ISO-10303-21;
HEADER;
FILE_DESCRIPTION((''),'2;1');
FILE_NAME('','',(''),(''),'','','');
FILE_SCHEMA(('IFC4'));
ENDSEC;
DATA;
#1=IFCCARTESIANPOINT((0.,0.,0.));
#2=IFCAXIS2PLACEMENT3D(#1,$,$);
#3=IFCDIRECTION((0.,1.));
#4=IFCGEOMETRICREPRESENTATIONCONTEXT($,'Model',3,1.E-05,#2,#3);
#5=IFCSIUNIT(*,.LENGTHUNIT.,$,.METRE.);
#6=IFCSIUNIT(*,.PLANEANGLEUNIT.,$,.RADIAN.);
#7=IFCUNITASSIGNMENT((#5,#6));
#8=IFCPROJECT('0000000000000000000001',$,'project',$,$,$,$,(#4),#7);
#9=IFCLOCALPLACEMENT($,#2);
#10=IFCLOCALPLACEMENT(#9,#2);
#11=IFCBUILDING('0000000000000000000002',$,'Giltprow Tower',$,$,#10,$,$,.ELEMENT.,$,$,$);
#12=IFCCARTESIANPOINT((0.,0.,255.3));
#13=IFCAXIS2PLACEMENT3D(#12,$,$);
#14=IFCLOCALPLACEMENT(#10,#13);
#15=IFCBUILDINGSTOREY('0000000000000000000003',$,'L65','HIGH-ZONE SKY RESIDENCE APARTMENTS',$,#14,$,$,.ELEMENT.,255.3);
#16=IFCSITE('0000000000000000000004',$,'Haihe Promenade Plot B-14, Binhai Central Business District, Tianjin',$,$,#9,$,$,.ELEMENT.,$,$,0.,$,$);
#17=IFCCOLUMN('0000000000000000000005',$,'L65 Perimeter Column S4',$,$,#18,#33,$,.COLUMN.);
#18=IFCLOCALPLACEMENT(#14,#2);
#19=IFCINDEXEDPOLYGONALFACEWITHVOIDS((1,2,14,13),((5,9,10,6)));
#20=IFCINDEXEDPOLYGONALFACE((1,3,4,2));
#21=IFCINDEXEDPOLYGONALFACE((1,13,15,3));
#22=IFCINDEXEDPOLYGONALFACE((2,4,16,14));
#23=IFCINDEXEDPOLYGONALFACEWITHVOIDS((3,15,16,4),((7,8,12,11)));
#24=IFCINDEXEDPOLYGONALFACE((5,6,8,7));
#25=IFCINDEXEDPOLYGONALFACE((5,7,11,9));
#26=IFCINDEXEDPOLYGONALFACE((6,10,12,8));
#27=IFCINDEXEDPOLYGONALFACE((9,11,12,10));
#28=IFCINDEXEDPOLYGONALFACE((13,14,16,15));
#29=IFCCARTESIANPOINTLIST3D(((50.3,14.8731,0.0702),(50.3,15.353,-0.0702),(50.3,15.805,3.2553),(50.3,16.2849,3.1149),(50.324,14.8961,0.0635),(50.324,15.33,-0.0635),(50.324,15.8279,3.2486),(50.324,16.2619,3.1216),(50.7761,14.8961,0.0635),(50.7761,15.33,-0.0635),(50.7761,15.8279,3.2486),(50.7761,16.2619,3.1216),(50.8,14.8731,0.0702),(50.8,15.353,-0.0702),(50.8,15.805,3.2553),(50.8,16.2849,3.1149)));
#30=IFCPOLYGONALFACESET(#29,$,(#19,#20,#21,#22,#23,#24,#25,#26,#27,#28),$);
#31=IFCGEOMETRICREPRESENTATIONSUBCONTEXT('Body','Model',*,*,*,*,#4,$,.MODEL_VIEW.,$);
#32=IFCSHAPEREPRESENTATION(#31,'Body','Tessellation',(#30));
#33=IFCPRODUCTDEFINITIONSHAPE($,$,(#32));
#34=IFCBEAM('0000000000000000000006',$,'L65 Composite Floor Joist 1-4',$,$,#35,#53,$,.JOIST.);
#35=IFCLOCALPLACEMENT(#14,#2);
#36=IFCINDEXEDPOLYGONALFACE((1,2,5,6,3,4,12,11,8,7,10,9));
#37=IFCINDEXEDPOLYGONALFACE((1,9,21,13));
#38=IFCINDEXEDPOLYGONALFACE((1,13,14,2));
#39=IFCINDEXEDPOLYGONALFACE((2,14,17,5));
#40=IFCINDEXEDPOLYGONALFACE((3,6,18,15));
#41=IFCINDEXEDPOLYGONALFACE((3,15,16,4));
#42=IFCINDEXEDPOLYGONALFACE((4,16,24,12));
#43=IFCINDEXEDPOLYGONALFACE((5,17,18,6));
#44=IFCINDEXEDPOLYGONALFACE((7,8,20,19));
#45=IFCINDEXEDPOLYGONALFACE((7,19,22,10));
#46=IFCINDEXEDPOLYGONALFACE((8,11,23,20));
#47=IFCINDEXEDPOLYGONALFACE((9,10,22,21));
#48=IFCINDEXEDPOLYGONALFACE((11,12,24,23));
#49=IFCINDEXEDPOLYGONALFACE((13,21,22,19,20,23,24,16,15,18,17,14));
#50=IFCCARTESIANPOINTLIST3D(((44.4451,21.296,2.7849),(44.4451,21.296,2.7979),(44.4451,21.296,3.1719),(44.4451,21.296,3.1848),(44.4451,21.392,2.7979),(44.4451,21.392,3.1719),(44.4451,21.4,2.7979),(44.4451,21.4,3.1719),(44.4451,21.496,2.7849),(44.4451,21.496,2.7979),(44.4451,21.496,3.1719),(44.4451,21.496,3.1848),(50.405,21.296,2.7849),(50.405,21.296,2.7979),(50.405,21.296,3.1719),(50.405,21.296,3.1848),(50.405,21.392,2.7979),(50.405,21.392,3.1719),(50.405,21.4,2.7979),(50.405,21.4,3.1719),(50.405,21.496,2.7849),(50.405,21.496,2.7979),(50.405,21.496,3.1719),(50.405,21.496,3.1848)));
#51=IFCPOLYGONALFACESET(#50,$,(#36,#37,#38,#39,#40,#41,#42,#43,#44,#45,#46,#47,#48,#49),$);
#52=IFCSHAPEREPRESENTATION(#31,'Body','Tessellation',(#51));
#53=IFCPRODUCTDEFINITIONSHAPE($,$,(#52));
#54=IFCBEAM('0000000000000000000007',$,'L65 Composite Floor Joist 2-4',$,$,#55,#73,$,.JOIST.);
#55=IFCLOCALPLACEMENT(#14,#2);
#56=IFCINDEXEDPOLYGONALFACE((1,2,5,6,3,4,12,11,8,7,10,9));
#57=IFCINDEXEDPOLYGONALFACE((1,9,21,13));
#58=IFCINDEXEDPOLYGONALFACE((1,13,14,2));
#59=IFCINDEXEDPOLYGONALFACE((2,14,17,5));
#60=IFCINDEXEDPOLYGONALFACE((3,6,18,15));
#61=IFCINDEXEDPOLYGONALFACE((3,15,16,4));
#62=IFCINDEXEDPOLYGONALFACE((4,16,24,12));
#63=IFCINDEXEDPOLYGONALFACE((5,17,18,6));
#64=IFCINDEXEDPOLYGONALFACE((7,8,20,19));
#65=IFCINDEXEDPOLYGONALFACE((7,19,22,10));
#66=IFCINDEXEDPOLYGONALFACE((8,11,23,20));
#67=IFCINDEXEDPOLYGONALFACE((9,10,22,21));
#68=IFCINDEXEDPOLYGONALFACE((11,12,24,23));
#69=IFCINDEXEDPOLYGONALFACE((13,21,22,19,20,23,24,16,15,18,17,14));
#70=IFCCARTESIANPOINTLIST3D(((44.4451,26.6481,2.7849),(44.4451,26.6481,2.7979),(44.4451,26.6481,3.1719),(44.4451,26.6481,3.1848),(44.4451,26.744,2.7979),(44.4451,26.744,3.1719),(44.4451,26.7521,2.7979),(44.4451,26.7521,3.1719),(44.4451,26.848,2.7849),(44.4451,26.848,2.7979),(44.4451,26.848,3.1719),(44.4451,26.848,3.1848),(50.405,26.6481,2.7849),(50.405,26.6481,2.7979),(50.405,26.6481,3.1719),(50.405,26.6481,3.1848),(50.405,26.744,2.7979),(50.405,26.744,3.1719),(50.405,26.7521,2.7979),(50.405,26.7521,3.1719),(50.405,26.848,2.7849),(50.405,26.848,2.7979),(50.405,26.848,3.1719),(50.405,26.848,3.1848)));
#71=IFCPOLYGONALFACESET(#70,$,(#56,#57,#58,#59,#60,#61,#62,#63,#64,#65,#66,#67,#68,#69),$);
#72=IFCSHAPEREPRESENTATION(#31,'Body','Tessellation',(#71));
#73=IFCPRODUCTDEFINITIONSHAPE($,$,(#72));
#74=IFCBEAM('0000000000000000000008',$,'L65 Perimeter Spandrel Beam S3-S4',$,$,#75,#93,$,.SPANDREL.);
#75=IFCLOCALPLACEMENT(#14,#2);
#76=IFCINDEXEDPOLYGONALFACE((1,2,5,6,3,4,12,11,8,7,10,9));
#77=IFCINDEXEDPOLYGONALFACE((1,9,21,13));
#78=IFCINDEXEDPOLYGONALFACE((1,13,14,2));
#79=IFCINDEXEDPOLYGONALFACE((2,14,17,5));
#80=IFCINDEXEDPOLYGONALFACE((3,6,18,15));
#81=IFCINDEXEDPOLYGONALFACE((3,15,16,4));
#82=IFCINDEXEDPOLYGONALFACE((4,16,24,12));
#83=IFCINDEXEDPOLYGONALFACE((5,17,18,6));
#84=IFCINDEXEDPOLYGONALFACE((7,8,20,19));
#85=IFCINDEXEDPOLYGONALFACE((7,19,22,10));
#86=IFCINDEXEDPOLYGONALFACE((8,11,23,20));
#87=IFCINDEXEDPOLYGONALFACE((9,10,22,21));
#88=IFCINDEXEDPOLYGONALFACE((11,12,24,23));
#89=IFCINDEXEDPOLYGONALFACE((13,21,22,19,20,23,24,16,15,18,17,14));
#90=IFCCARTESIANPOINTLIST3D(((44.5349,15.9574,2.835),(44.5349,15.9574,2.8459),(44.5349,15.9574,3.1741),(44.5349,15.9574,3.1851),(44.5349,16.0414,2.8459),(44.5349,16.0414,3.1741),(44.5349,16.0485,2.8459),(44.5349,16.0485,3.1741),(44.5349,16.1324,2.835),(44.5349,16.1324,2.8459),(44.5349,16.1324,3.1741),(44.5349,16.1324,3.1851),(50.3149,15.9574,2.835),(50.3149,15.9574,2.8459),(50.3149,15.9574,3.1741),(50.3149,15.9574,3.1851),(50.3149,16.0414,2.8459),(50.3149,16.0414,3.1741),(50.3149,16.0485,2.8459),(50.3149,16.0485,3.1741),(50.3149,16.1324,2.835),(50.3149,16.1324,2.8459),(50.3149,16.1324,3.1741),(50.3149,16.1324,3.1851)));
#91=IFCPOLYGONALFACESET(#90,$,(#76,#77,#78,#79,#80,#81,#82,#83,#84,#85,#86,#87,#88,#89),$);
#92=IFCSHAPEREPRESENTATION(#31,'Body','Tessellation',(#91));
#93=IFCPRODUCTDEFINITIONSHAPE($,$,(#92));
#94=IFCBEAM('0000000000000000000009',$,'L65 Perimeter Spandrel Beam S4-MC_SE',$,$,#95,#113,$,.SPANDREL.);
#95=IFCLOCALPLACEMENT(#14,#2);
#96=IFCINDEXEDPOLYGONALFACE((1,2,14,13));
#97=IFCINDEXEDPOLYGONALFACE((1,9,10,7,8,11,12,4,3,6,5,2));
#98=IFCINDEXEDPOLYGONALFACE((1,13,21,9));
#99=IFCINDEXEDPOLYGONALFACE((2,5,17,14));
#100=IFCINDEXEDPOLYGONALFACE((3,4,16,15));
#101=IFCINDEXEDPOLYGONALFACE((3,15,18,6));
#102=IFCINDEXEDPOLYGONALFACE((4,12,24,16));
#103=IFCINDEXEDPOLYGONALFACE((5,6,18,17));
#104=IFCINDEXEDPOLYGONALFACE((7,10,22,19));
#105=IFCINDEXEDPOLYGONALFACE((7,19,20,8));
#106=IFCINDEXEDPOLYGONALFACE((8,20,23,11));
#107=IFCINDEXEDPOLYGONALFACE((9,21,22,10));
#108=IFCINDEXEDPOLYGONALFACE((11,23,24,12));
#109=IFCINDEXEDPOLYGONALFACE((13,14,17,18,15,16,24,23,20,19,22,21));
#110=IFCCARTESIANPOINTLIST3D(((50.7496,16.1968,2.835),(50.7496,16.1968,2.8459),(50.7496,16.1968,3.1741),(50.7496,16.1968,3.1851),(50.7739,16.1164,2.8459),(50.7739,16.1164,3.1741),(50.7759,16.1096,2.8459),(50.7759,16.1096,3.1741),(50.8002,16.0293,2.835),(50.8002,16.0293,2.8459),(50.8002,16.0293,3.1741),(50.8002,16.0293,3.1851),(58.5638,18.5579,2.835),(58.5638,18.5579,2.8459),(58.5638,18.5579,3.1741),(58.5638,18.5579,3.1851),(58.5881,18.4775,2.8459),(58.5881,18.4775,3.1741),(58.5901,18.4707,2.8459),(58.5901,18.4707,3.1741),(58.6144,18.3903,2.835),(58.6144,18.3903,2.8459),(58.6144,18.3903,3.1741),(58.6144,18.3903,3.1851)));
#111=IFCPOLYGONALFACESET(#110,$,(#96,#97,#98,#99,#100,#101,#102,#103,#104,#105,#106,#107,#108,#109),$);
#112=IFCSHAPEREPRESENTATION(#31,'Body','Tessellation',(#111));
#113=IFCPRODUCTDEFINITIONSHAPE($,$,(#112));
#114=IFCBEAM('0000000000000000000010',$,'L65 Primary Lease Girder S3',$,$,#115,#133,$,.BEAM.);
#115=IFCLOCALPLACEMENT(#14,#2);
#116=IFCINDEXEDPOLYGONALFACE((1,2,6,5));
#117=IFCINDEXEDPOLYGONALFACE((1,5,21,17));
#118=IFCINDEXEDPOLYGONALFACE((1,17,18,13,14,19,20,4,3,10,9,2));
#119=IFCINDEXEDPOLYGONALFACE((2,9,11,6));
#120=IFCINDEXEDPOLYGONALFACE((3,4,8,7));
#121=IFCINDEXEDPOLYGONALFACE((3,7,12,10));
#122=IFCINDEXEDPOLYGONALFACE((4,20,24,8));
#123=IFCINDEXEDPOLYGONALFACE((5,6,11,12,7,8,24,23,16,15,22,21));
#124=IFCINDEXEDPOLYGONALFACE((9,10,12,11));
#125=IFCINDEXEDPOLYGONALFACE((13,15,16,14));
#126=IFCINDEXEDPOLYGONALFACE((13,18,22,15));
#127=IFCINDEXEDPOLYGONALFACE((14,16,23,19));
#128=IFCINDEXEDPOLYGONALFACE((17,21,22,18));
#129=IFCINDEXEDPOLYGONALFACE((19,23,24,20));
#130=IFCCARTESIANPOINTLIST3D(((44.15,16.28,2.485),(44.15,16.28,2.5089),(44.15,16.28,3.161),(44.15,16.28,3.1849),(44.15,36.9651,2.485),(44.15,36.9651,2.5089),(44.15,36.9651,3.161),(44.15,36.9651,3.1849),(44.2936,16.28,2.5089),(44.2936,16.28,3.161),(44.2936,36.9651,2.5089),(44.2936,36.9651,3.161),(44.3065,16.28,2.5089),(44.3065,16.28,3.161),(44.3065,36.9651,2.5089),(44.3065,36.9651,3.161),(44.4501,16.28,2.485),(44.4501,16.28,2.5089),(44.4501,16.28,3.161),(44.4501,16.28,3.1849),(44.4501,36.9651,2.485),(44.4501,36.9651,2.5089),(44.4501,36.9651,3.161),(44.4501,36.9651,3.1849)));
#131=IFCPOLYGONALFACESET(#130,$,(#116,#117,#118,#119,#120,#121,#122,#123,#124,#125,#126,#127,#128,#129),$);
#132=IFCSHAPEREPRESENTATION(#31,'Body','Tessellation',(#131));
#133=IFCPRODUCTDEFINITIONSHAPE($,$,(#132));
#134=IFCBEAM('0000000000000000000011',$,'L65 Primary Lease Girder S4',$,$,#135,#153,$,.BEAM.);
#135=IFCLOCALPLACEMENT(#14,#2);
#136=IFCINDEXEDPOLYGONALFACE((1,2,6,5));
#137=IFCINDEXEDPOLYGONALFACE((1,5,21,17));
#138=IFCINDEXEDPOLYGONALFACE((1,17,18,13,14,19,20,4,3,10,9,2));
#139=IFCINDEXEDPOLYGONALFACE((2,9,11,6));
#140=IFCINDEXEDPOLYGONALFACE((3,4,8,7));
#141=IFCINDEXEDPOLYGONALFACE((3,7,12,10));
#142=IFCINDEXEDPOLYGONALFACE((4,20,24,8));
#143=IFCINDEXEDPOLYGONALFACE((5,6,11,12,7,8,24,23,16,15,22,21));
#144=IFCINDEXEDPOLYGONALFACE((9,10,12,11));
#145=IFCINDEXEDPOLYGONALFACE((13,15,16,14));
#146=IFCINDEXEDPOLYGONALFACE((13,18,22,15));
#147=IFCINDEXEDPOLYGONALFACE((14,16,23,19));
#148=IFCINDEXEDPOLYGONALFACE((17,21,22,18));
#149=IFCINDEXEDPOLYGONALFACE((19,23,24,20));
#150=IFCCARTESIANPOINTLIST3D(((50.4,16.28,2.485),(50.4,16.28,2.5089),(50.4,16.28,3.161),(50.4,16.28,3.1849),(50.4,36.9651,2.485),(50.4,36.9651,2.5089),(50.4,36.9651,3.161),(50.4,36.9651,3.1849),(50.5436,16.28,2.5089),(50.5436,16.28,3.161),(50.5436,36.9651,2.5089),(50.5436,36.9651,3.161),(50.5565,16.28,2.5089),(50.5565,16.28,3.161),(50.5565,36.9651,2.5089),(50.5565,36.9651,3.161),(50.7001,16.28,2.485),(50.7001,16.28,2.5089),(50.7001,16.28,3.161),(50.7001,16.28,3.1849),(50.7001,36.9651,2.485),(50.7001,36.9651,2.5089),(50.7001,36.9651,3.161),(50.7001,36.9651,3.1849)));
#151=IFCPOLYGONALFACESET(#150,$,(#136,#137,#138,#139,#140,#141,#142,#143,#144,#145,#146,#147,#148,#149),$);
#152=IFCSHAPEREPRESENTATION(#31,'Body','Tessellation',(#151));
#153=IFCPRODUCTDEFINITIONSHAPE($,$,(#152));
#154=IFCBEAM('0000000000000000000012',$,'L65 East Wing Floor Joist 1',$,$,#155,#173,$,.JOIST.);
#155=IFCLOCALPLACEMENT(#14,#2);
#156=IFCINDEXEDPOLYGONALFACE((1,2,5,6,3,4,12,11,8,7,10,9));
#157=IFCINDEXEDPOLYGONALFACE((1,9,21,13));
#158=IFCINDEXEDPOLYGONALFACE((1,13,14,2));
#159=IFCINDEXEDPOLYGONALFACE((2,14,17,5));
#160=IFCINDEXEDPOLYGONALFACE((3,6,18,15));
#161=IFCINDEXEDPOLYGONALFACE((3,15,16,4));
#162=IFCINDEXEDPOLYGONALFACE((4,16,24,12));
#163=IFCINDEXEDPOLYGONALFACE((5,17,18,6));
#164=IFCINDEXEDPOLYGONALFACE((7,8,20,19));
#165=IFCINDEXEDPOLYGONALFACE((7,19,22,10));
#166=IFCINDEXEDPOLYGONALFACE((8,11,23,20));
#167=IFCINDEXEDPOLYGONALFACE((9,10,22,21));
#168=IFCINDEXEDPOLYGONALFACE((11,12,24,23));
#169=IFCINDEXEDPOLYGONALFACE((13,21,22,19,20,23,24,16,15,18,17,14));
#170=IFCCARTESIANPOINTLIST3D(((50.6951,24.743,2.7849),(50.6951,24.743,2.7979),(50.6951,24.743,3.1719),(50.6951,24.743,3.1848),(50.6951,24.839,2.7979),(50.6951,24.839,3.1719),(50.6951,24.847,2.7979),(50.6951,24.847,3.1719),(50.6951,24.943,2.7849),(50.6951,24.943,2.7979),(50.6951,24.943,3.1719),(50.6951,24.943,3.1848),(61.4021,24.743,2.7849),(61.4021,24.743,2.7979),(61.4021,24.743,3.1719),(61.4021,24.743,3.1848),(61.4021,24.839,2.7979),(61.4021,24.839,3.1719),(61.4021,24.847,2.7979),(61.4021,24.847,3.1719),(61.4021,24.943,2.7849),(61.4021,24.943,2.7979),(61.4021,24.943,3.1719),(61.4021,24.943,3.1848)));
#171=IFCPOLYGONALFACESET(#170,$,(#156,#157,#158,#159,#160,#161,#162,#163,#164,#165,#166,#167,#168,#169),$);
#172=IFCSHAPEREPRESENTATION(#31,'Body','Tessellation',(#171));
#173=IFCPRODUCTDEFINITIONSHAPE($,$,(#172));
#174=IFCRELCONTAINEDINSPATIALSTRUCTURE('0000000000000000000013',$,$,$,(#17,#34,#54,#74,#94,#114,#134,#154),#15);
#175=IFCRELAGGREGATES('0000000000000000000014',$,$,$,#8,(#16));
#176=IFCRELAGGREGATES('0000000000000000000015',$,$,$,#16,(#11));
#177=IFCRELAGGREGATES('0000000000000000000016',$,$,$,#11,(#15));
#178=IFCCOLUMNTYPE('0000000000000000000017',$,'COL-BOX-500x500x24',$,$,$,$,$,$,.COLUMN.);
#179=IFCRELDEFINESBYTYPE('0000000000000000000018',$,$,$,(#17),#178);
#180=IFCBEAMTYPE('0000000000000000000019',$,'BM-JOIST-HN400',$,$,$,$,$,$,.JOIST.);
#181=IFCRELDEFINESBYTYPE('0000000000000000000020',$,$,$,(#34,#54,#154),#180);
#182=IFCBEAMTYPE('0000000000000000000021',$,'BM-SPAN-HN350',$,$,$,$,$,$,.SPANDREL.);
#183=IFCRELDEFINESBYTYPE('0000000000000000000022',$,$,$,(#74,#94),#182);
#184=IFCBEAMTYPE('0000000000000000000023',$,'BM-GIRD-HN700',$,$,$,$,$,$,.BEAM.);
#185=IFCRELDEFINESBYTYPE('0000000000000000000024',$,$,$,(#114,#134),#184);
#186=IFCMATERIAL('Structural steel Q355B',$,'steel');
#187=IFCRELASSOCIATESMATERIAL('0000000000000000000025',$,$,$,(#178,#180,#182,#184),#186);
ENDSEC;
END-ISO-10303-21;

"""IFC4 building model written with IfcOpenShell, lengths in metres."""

from ifc_helpers import new_model, si_unit, direction, frame, origin, origin_2d, place, context, subcontext, project, spatial, hollow_rectangle, i_section, extrude, source, transform, mapped, material, material_profile, profile_set, type_object, element, save


model = new_model("IFC4")

# Units and contexts
model_context = context("Model", 3, precision=1e-05, world=origin(), true_north=direction((0.0, 1.0)))
body_context = subcontext(model_context, "Body", "Model", "MODEL_VIEW")
ifc_project = project(units=[si_unit("LENGTHUNIT", "METRE"), si_unit("PLANEANGLEUNIT", "RADIAN")], contexts=[model_context])

# Site, building, storey
site_placement = place(None, origin())
site = spatial("IfcSite", under=ifc_project, at=site_placement, Name="Haihe Promenade Plot B-14, Binhai Central Business District, Tianjin", CompositionType="ELEMENT", RefElevation=0.0)
building_placement = place(site_placement, origin())
building = spatial("IfcBuilding", under=site, at=building_placement, Name="Giltprow Tower", CompositionType="ELEMENT")
storey_placement = place(building_placement, frame((0.0, 0.0, 255.3)))
storey = spatial("IfcBuildingStorey", under=building, at=storey_placement, Name="L65", Description="HIGH-ZONE SKY RESIDENCE APARTMENTS", CompositionType="ELEMENT", Elevation=255.3)

# Column
ifc_material_1 = material(Name="Structural steel Q355B", Category="steel")
ifc_material_profile_1 = material_profile(ifc_material_1, hollow_rectangle(XDim=0.5, YDim=0.5, WallThickness=0.0239, at=origin_2d()), Name="BOX 500x500x24")
ifc_profile_set_1 = profile_set([ifc_material_profile_1], Name="Structural steel Q355B")
column_type = type_object("IfcColumnType", Name="COL-BOX-500x500x24", PredefinedType="COLUMN", material=ifc_profile_set_1)
shared_shape_1 = source(origin(), body_context, "Body", "SweptSolid", [
    extrude(hollow_rectangle(XDim=0.5, YDim=0.5, WallThickness=0.0239, at=origin_2d()), origin(), (0.0, 0.0, 1.0), 3.3186),
])
column_placement = place(storey_placement, frame((50.55, 15.113, 0.0), z_axis=(0.0, 0.280808, 0.959764), x_axis=(-1.0, 0.0, 0.0)))
element("IfcColumn", 1, at=column_placement, inside=storey, type_object=column_type, Name="L65 Perimeter Column S4", PredefinedType="COLUMN", context=body_context, shape_type="MappedRepresentation", body=[
    mapped(shared_shape_1, transform((0.0, 0.0, 0.0), x_axis=(1.0, 0.0, 0.0), y_axis=(0.0, 1.0, 0.0), z_axis=(0.0, 0.0, 1.0), scale=1.0)),
])

# Beams
ifc_material_profile_2 = material_profile(ifc_material_1, i_section(OverallWidth=0.2, OverallDepth=0.3999, WebThickness=0.0081, FlangeThickness=0.0129, at=origin_2d()), Name="HN 400x200x8x13")
ifc_profile_set_2 = profile_set([ifc_material_profile_2], Name="Structural steel Q355B")
beam_type_1 = type_object("IfcBeamType", Name="BM-JOIST-HN400", PredefinedType="JOIST", material=ifc_profile_set_2)
shared_shape_2 = source(origin(), body_context, "Body", "SweptSolid", [
    extrude(i_section(OverallWidth=0.2, OverallDepth=0.3999, WebThickness=0.0081, FlangeThickness=0.0129, at=origin_2d()), origin(), (0.0, 0.0, 1.0), 5.96),
])
for number, where, z_axis, x_axis, name in (
    (2, (44.4451, 21.396, 2.9849), (1.0, 0.0, 0.0), (0.0, 1.0, 0.0), "L65 Composite Floor Joist 1-4"),
    (3, (44.4451, 26.748, 2.9849), (1.0, 0.0, 0.0), (0.0, 1.0, 0.0), "L65 Composite Floor Joist 2-4"),
):
    element("IfcBeam", number, at=place(storey_placement, frame(where, z_axis=z_axis, x_axis=x_axis)), inside=storey, type_object=beam_type_1, Name=name, PredefinedType="JOIST", context=body_context, shape_type="MappedRepresentation", body=[
        mapped(shared_shape_2, transform((0.0, 0.0, 0.0), x_axis=(1.0, 0.0, 0.0), y_axis=(0.0, 1.0, 0.0), z_axis=(0.0, 0.0, 1.0), scale=1.0)),
    ])
ifc_material_profile_3 = material_profile(ifc_material_1, i_section(OverallWidth=0.175, OverallDepth=0.3501, WebThickness=0.0071, FlangeThickness=0.011, at=origin_2d()), Name="HN 350x175x7x11")
ifc_profile_set_3 = profile_set([ifc_material_profile_3], Name="Structural steel Q355B")
beam_type_2 = type_object("IfcBeamType", Name="BM-SPAN-HN350", PredefinedType="SPANDREL", material=ifc_profile_set_3)
shared_shape_3 = source(origin(), body_context, "Body", "SweptSolid", [
    extrude(i_section(OverallWidth=0.175, OverallDepth=0.3501, WebThickness=0.0071, FlangeThickness=0.011, at=origin_2d()), origin(), (0.0, 0.0, 1.0), 5.78),
])
beam_1_placement = place(storey_placement, frame((44.5349, 16.0449, 3.01), z_axis=(1.0, 0.0, 0.0), x_axis=(0.0, 1.0, 0.0)))
element("IfcBeam", 4, at=beam_1_placement, inside=storey, type_object=beam_type_2, Name="L65 Perimeter Spandrel Beam S3-S4", PredefinedType="SPANDREL", context=body_context, shape_type="MappedRepresentation", body=[
    mapped(shared_shape_3, transform((0.0, 0.0, 0.0), x_axis=(1.0, 0.0, 0.0), y_axis=(0.0, 1.0, 0.0), z_axis=(0.0, 0.0, 1.0), scale=1.0)),
])
shared_shape_4 = source(origin(), body_context, "Body", "SweptSolid", [
    extrude(i_section(OverallWidth=0.175, OverallDepth=0.3501, WebThickness=0.0071, FlangeThickness=0.011, at=origin_2d()), origin(), (0.0, 0.0, 1.0), 8.1631),
])
beam_2_placement = place(storey_placement, frame((50.7749, 16.113, 3.01), z_axis=(0.957257, 0.289238, 0.0), x_axis=(-0.289238, 0.957257, 0.0)))
element("IfcBeam", 5, at=beam_2_placement, inside=storey, type_object=beam_type_2, Name="L65 Perimeter Spandrel Beam S4-MC_SE", PredefinedType="SPANDREL", context=body_context, shape_type="MappedRepresentation", body=[
    mapped(shared_shape_4, transform((0.0, 0.0, 0.0), x_axis=(1.0, 0.0, 0.0), y_axis=(0.0, 1.0, 0.0), z_axis=(0.0, 0.0, 1.0), scale=1.0)),
])
ifc_material_profile_4 = material_profile(ifc_material_1, i_section(OverallWidth=0.3, OverallDepth=0.7, WebThickness=0.0129, FlangeThickness=0.0239, at=origin_2d()), Name="HN 700x300x13x24")
ifc_profile_set_4 = profile_set([ifc_material_profile_4], Name="Structural steel Q355B")
beam_type_3 = type_object("IfcBeamType", Name="BM-GIRD-HN700", PredefinedType="BEAM", material=ifc_profile_set_4)
shared_shape_5 = source(origin(), body_context, "Body", "SweptSolid", [
    extrude(i_section(OverallWidth=0.3, OverallDepth=0.7, WebThickness=0.0129, FlangeThickness=0.0239, at=origin_2d()), origin(), (0.0, 0.0, 1.0), 20.6851),
])
for number, where, z_axis, x_axis, name in (
    (6, (44.3, 16.28, 2.835), (0.0, 1.0, 0.0), (-1.0, 0.0, 0.0), "L65 Primary Lease Girder S3"),
    (7, (50.55, 16.28, 2.835), (0.0, 1.0, 0.0), (-1.0, 0.0, 0.0), "L65 Primary Lease Girder S4"),
):
    element("IfcBeam", number, at=place(storey_placement, frame(where, z_axis=z_axis, x_axis=x_axis)), inside=storey, type_object=beam_type_3, Name=name, PredefinedType="BEAM", context=body_context, shape_type="MappedRepresentation", body=[
        mapped(shared_shape_5, transform((0.0, 0.0, 0.0), x_axis=(1.0, 0.0, 0.0), y_axis=(0.0, 1.0, 0.0), z_axis=(0.0, 0.0, 1.0), scale=1.0)),
    ])
shared_shape_6 = source(origin(), body_context, "Body", "SweptSolid", [
    extrude(i_section(OverallWidth=0.2, OverallDepth=0.3999, WebThickness=0.0081, FlangeThickness=0.0129, at=origin_2d()), origin(), (0.0, 0.0, 1.0), 10.707),
])
beam_3_placement = place(storey_placement, frame((50.6951, 24.843, 2.9849), z_axis=(1.0, 0.0, 0.0), x_axis=(0.0, 1.0, 0.0)))
element("IfcBeam", 8, at=beam_3_placement, inside=storey, type_object=beam_type_1, Name="L65 East Wing Floor Joist 1", PredefinedType="JOIST", context=body_context, shape_type="MappedRepresentation", body=[
    mapped(shared_shape_6, transform((0.0, 0.0, 0.0), x_axis=(1.0, 0.0, 0.0), y_axis=(0.0, 1.0, 0.0), z_axis=(0.0, 0.0, 1.0), scale=1.0)),
])

save(model, "model.ifc")
